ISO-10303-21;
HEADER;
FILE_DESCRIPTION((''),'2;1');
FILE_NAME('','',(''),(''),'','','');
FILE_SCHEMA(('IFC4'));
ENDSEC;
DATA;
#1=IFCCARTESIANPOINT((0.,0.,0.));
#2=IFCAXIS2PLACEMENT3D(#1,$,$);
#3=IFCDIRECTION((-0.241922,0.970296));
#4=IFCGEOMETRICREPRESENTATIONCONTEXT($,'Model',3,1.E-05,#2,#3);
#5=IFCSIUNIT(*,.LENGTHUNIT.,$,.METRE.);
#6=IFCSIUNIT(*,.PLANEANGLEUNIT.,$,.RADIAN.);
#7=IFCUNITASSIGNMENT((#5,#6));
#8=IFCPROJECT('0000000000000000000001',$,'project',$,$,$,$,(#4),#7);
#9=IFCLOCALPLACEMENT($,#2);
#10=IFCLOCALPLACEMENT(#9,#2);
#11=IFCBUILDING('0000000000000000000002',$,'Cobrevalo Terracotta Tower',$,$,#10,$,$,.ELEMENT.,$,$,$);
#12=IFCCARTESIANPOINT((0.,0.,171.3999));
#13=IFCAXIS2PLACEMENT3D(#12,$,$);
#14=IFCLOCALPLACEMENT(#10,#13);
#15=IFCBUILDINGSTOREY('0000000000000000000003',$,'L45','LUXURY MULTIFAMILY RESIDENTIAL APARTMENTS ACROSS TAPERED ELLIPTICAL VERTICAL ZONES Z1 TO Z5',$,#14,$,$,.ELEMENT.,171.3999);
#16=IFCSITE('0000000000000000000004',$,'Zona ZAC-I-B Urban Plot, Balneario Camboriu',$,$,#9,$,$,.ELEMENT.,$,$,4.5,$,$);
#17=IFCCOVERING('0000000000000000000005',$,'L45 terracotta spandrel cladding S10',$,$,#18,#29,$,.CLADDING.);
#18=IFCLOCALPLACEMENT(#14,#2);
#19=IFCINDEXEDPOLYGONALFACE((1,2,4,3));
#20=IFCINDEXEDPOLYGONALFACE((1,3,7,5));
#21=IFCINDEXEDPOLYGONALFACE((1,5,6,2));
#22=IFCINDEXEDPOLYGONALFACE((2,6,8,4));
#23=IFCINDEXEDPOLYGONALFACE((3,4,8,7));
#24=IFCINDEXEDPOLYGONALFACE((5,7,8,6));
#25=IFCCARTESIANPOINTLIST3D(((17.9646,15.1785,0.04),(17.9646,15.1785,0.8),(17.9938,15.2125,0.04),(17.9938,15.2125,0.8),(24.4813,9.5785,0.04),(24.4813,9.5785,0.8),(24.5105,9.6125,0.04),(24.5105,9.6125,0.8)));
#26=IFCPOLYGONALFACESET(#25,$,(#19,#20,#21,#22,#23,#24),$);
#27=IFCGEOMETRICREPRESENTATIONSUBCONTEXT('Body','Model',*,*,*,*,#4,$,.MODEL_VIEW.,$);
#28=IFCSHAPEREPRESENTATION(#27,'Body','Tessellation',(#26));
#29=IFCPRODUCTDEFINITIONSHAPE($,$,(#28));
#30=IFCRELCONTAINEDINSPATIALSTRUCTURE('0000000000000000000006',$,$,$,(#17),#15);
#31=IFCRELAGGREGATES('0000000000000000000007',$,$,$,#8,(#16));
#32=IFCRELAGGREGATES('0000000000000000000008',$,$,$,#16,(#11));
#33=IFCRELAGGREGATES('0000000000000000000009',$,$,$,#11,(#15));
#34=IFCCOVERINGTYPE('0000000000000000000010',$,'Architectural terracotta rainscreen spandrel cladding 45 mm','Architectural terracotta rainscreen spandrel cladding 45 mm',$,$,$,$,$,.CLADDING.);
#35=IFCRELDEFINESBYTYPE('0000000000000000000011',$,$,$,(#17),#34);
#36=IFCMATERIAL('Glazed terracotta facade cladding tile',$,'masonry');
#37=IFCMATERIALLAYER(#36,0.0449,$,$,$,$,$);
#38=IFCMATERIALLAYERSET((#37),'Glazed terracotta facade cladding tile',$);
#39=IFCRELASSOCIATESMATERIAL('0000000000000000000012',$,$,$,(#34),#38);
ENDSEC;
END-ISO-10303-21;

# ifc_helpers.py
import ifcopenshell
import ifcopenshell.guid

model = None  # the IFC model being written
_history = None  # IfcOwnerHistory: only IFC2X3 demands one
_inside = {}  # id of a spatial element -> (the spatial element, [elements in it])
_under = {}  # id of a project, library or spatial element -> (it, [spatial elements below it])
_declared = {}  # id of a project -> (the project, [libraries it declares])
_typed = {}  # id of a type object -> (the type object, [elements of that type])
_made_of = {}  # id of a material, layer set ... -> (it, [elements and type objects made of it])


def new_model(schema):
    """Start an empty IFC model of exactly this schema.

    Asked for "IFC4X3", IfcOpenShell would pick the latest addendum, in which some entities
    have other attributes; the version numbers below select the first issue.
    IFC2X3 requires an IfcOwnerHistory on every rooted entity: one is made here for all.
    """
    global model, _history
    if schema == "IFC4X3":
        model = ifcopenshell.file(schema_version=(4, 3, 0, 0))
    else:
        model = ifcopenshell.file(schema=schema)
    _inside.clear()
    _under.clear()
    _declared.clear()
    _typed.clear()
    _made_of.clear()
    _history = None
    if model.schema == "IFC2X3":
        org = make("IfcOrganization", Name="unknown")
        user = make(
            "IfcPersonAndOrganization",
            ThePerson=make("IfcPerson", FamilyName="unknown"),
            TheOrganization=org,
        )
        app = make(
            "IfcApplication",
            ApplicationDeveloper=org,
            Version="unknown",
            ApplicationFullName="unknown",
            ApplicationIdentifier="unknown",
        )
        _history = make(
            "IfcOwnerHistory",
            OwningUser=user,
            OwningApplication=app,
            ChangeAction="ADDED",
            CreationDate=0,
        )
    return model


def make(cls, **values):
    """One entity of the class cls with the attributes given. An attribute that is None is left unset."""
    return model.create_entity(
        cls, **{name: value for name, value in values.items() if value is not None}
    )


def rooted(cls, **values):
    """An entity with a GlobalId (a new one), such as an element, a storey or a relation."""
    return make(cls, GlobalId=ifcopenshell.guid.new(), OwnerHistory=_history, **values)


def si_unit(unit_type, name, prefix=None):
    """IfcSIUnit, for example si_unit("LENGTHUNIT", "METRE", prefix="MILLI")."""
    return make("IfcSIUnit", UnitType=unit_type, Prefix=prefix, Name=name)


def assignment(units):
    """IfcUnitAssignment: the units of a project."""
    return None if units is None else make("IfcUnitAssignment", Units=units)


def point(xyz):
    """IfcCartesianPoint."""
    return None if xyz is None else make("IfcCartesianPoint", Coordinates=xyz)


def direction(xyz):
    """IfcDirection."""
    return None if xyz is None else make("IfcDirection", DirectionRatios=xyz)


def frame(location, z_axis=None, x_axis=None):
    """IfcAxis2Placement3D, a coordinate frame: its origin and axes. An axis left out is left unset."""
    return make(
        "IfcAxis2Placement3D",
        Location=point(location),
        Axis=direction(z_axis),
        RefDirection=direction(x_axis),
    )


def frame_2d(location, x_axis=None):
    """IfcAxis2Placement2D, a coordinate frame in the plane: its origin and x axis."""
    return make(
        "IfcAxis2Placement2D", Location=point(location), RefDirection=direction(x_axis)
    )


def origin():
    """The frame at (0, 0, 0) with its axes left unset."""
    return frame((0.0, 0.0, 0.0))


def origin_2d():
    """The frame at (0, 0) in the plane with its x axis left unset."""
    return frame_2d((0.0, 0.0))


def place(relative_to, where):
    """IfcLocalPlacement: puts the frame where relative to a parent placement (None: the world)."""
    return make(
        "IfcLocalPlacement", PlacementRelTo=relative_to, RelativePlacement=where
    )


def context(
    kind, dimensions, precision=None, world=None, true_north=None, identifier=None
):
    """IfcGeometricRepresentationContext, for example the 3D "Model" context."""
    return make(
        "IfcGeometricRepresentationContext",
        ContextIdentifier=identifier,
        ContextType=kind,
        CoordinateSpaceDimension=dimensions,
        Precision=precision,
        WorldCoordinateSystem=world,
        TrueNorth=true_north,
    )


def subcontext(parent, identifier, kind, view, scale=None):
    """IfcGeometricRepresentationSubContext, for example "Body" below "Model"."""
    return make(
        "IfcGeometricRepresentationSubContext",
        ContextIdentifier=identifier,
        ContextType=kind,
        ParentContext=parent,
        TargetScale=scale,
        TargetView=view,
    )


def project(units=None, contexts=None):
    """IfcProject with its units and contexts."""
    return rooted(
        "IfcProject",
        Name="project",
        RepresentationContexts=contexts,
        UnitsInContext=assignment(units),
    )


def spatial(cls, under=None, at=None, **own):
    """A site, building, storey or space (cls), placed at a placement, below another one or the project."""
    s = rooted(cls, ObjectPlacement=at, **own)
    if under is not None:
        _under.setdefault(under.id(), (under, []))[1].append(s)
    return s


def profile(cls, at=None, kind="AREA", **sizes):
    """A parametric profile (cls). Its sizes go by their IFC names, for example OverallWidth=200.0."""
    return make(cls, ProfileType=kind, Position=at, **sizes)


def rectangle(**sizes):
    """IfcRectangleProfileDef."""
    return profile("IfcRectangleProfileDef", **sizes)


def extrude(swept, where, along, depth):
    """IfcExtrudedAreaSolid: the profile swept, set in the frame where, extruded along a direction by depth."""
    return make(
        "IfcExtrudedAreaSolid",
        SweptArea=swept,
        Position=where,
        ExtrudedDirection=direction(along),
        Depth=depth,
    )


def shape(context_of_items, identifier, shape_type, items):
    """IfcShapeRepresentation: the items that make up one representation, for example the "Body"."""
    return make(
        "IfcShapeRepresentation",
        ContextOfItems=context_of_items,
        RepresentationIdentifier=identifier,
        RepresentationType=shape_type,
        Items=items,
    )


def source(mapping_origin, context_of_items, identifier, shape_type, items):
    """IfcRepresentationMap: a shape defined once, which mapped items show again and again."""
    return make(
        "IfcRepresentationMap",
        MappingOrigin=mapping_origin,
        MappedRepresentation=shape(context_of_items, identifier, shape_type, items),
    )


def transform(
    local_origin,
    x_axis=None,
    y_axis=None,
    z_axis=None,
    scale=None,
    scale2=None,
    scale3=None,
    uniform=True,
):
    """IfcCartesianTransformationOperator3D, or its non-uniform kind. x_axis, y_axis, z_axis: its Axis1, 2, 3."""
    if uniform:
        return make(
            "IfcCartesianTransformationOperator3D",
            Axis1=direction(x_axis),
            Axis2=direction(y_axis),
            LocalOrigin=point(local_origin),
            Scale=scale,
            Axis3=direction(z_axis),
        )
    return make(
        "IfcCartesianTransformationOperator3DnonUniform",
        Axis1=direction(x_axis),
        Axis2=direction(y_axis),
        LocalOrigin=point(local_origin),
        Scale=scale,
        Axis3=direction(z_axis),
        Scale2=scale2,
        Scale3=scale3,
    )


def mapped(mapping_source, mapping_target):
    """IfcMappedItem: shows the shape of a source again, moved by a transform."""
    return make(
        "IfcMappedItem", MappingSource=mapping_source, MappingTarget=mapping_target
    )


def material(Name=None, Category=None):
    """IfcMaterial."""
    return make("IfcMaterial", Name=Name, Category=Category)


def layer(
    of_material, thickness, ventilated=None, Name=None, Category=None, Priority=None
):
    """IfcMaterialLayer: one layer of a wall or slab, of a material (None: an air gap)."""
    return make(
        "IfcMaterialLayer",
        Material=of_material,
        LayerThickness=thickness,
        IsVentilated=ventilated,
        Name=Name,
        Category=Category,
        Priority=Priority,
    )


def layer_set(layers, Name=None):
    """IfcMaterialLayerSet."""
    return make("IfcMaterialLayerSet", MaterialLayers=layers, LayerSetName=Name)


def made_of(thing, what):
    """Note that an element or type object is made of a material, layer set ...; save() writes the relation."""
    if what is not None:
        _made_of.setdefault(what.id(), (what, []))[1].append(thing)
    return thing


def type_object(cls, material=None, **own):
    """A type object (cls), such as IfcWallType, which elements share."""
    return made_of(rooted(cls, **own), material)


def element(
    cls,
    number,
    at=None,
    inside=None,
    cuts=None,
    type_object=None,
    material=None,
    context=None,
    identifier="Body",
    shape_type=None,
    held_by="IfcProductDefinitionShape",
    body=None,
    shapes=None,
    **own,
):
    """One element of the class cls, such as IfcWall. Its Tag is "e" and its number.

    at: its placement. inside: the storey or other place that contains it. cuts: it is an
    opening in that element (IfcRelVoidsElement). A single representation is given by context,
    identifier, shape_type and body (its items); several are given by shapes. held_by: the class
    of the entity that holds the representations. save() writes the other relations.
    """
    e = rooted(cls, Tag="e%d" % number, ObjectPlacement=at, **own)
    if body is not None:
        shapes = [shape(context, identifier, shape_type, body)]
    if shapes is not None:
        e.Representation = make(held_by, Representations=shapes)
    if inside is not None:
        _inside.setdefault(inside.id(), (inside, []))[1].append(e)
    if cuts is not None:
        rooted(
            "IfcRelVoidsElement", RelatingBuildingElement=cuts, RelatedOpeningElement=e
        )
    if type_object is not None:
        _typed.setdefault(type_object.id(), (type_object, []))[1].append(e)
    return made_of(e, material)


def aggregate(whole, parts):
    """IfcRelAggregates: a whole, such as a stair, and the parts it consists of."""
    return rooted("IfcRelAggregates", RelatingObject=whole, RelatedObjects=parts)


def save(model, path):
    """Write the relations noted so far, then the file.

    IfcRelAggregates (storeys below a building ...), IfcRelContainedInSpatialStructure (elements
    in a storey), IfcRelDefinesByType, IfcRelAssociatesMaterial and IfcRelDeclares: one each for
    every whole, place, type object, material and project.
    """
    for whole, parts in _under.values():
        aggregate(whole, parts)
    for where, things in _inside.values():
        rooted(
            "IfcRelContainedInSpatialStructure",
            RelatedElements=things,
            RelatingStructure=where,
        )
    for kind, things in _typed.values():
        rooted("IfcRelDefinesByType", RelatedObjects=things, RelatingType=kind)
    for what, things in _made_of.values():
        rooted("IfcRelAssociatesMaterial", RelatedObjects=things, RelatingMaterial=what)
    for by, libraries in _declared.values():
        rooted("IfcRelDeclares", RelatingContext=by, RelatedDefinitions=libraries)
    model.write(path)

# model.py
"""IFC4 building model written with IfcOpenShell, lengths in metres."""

from ifc_helpers import new_model, si_unit, direction, frame, origin, origin_2d, place, context, subcontext, project, spatial, rectangle, extrude, source, transform, mapped, material, layer, layer_set, type_object, element, save


model = new_model("IFC4")

# Units and contexts
model_context = context("Model", 3, precision=1e-05, world=origin(), true_north=direction((-0.241922, 0.970296)))
body_context = subcontext(model_context, "Body", "Model", "MODEL_VIEW")
ifc_project = project(units=[si_unit("LENGTHUNIT", "METRE"), si_unit("PLANEANGLEUNIT", "RADIAN")], contexts=[model_context])

# Site, building, storey
site_placement = place(None, origin())
site = spatial("IfcSite", under=ifc_project, at=site_placement, Name="Zona ZAC-I-B Urban Plot, Balneario Camboriu", CompositionType="ELEMENT", RefElevation=4.5)
building_placement = place(site_placement, origin())
building = spatial("IfcBuilding", under=site, at=building_placement, Name="Cobrevalo Terracotta Tower", CompositionType="ELEMENT")
storey_placement = place(building_placement, frame((0.0, 0.0, 171.3999)))
storey = spatial("IfcBuildingStorey", under=building, at=storey_placement, Name="L45", Description="LUXURY MULTIFAMILY RESIDENTIAL APARTMENTS ACROSS TAPERED ELLIPTICAL VERTICAL ZONES Z1 TO Z5", CompositionType="ELEMENT", Elevation=171.3999)

# Covering
ifc_material_1 = material(Name="Glazed terracotta facade cladding tile", Category="masonry")
ifc_layer_1 = layer(ifc_material_1, 0.0449)
ifc_layer_set_1 = layer_set([ifc_layer_1], Name="Glazed terracotta facade cladding tile")
covering_type_1 = type_object("IfcCoveringType", Name="Architectural terracotta rainscreen spandrel cladding 45 mm", Description="Architectural terracotta rainscreen spandrel cladding 45 mm", PredefinedType="CLADDING", material=ifc_layer_set_1)
shared_shape_1 = source(origin(), body_context, "Body", "SweptSolid", [
    extrude(rectangle(XDim=8.5923, YDim=0.0449, at=origin_2d()), origin(), (0.0, 0.0, 1.0), 0.76),
])
covering_1_placement = place(storey_placement, frame((21.2375, 12.3955, 0.04), z_axis=(0.0, 0.0, 1.0), x_axis=(0.758437, -0.651746, 0.0)))
element("IfcCovering", 1, at=covering_1_placement, inside=storey, type_object=covering_type_1, Name="L45 terracotta spandrel cladding S10", PredefinedType="CLADDING", context=body_context, shape_type="MappedRepresentation", body=[
    mapped(shared_shape_1, transform((0.0, 0.0, 0.0), scale=1.0)),
])

save(model, "model.ifc")
